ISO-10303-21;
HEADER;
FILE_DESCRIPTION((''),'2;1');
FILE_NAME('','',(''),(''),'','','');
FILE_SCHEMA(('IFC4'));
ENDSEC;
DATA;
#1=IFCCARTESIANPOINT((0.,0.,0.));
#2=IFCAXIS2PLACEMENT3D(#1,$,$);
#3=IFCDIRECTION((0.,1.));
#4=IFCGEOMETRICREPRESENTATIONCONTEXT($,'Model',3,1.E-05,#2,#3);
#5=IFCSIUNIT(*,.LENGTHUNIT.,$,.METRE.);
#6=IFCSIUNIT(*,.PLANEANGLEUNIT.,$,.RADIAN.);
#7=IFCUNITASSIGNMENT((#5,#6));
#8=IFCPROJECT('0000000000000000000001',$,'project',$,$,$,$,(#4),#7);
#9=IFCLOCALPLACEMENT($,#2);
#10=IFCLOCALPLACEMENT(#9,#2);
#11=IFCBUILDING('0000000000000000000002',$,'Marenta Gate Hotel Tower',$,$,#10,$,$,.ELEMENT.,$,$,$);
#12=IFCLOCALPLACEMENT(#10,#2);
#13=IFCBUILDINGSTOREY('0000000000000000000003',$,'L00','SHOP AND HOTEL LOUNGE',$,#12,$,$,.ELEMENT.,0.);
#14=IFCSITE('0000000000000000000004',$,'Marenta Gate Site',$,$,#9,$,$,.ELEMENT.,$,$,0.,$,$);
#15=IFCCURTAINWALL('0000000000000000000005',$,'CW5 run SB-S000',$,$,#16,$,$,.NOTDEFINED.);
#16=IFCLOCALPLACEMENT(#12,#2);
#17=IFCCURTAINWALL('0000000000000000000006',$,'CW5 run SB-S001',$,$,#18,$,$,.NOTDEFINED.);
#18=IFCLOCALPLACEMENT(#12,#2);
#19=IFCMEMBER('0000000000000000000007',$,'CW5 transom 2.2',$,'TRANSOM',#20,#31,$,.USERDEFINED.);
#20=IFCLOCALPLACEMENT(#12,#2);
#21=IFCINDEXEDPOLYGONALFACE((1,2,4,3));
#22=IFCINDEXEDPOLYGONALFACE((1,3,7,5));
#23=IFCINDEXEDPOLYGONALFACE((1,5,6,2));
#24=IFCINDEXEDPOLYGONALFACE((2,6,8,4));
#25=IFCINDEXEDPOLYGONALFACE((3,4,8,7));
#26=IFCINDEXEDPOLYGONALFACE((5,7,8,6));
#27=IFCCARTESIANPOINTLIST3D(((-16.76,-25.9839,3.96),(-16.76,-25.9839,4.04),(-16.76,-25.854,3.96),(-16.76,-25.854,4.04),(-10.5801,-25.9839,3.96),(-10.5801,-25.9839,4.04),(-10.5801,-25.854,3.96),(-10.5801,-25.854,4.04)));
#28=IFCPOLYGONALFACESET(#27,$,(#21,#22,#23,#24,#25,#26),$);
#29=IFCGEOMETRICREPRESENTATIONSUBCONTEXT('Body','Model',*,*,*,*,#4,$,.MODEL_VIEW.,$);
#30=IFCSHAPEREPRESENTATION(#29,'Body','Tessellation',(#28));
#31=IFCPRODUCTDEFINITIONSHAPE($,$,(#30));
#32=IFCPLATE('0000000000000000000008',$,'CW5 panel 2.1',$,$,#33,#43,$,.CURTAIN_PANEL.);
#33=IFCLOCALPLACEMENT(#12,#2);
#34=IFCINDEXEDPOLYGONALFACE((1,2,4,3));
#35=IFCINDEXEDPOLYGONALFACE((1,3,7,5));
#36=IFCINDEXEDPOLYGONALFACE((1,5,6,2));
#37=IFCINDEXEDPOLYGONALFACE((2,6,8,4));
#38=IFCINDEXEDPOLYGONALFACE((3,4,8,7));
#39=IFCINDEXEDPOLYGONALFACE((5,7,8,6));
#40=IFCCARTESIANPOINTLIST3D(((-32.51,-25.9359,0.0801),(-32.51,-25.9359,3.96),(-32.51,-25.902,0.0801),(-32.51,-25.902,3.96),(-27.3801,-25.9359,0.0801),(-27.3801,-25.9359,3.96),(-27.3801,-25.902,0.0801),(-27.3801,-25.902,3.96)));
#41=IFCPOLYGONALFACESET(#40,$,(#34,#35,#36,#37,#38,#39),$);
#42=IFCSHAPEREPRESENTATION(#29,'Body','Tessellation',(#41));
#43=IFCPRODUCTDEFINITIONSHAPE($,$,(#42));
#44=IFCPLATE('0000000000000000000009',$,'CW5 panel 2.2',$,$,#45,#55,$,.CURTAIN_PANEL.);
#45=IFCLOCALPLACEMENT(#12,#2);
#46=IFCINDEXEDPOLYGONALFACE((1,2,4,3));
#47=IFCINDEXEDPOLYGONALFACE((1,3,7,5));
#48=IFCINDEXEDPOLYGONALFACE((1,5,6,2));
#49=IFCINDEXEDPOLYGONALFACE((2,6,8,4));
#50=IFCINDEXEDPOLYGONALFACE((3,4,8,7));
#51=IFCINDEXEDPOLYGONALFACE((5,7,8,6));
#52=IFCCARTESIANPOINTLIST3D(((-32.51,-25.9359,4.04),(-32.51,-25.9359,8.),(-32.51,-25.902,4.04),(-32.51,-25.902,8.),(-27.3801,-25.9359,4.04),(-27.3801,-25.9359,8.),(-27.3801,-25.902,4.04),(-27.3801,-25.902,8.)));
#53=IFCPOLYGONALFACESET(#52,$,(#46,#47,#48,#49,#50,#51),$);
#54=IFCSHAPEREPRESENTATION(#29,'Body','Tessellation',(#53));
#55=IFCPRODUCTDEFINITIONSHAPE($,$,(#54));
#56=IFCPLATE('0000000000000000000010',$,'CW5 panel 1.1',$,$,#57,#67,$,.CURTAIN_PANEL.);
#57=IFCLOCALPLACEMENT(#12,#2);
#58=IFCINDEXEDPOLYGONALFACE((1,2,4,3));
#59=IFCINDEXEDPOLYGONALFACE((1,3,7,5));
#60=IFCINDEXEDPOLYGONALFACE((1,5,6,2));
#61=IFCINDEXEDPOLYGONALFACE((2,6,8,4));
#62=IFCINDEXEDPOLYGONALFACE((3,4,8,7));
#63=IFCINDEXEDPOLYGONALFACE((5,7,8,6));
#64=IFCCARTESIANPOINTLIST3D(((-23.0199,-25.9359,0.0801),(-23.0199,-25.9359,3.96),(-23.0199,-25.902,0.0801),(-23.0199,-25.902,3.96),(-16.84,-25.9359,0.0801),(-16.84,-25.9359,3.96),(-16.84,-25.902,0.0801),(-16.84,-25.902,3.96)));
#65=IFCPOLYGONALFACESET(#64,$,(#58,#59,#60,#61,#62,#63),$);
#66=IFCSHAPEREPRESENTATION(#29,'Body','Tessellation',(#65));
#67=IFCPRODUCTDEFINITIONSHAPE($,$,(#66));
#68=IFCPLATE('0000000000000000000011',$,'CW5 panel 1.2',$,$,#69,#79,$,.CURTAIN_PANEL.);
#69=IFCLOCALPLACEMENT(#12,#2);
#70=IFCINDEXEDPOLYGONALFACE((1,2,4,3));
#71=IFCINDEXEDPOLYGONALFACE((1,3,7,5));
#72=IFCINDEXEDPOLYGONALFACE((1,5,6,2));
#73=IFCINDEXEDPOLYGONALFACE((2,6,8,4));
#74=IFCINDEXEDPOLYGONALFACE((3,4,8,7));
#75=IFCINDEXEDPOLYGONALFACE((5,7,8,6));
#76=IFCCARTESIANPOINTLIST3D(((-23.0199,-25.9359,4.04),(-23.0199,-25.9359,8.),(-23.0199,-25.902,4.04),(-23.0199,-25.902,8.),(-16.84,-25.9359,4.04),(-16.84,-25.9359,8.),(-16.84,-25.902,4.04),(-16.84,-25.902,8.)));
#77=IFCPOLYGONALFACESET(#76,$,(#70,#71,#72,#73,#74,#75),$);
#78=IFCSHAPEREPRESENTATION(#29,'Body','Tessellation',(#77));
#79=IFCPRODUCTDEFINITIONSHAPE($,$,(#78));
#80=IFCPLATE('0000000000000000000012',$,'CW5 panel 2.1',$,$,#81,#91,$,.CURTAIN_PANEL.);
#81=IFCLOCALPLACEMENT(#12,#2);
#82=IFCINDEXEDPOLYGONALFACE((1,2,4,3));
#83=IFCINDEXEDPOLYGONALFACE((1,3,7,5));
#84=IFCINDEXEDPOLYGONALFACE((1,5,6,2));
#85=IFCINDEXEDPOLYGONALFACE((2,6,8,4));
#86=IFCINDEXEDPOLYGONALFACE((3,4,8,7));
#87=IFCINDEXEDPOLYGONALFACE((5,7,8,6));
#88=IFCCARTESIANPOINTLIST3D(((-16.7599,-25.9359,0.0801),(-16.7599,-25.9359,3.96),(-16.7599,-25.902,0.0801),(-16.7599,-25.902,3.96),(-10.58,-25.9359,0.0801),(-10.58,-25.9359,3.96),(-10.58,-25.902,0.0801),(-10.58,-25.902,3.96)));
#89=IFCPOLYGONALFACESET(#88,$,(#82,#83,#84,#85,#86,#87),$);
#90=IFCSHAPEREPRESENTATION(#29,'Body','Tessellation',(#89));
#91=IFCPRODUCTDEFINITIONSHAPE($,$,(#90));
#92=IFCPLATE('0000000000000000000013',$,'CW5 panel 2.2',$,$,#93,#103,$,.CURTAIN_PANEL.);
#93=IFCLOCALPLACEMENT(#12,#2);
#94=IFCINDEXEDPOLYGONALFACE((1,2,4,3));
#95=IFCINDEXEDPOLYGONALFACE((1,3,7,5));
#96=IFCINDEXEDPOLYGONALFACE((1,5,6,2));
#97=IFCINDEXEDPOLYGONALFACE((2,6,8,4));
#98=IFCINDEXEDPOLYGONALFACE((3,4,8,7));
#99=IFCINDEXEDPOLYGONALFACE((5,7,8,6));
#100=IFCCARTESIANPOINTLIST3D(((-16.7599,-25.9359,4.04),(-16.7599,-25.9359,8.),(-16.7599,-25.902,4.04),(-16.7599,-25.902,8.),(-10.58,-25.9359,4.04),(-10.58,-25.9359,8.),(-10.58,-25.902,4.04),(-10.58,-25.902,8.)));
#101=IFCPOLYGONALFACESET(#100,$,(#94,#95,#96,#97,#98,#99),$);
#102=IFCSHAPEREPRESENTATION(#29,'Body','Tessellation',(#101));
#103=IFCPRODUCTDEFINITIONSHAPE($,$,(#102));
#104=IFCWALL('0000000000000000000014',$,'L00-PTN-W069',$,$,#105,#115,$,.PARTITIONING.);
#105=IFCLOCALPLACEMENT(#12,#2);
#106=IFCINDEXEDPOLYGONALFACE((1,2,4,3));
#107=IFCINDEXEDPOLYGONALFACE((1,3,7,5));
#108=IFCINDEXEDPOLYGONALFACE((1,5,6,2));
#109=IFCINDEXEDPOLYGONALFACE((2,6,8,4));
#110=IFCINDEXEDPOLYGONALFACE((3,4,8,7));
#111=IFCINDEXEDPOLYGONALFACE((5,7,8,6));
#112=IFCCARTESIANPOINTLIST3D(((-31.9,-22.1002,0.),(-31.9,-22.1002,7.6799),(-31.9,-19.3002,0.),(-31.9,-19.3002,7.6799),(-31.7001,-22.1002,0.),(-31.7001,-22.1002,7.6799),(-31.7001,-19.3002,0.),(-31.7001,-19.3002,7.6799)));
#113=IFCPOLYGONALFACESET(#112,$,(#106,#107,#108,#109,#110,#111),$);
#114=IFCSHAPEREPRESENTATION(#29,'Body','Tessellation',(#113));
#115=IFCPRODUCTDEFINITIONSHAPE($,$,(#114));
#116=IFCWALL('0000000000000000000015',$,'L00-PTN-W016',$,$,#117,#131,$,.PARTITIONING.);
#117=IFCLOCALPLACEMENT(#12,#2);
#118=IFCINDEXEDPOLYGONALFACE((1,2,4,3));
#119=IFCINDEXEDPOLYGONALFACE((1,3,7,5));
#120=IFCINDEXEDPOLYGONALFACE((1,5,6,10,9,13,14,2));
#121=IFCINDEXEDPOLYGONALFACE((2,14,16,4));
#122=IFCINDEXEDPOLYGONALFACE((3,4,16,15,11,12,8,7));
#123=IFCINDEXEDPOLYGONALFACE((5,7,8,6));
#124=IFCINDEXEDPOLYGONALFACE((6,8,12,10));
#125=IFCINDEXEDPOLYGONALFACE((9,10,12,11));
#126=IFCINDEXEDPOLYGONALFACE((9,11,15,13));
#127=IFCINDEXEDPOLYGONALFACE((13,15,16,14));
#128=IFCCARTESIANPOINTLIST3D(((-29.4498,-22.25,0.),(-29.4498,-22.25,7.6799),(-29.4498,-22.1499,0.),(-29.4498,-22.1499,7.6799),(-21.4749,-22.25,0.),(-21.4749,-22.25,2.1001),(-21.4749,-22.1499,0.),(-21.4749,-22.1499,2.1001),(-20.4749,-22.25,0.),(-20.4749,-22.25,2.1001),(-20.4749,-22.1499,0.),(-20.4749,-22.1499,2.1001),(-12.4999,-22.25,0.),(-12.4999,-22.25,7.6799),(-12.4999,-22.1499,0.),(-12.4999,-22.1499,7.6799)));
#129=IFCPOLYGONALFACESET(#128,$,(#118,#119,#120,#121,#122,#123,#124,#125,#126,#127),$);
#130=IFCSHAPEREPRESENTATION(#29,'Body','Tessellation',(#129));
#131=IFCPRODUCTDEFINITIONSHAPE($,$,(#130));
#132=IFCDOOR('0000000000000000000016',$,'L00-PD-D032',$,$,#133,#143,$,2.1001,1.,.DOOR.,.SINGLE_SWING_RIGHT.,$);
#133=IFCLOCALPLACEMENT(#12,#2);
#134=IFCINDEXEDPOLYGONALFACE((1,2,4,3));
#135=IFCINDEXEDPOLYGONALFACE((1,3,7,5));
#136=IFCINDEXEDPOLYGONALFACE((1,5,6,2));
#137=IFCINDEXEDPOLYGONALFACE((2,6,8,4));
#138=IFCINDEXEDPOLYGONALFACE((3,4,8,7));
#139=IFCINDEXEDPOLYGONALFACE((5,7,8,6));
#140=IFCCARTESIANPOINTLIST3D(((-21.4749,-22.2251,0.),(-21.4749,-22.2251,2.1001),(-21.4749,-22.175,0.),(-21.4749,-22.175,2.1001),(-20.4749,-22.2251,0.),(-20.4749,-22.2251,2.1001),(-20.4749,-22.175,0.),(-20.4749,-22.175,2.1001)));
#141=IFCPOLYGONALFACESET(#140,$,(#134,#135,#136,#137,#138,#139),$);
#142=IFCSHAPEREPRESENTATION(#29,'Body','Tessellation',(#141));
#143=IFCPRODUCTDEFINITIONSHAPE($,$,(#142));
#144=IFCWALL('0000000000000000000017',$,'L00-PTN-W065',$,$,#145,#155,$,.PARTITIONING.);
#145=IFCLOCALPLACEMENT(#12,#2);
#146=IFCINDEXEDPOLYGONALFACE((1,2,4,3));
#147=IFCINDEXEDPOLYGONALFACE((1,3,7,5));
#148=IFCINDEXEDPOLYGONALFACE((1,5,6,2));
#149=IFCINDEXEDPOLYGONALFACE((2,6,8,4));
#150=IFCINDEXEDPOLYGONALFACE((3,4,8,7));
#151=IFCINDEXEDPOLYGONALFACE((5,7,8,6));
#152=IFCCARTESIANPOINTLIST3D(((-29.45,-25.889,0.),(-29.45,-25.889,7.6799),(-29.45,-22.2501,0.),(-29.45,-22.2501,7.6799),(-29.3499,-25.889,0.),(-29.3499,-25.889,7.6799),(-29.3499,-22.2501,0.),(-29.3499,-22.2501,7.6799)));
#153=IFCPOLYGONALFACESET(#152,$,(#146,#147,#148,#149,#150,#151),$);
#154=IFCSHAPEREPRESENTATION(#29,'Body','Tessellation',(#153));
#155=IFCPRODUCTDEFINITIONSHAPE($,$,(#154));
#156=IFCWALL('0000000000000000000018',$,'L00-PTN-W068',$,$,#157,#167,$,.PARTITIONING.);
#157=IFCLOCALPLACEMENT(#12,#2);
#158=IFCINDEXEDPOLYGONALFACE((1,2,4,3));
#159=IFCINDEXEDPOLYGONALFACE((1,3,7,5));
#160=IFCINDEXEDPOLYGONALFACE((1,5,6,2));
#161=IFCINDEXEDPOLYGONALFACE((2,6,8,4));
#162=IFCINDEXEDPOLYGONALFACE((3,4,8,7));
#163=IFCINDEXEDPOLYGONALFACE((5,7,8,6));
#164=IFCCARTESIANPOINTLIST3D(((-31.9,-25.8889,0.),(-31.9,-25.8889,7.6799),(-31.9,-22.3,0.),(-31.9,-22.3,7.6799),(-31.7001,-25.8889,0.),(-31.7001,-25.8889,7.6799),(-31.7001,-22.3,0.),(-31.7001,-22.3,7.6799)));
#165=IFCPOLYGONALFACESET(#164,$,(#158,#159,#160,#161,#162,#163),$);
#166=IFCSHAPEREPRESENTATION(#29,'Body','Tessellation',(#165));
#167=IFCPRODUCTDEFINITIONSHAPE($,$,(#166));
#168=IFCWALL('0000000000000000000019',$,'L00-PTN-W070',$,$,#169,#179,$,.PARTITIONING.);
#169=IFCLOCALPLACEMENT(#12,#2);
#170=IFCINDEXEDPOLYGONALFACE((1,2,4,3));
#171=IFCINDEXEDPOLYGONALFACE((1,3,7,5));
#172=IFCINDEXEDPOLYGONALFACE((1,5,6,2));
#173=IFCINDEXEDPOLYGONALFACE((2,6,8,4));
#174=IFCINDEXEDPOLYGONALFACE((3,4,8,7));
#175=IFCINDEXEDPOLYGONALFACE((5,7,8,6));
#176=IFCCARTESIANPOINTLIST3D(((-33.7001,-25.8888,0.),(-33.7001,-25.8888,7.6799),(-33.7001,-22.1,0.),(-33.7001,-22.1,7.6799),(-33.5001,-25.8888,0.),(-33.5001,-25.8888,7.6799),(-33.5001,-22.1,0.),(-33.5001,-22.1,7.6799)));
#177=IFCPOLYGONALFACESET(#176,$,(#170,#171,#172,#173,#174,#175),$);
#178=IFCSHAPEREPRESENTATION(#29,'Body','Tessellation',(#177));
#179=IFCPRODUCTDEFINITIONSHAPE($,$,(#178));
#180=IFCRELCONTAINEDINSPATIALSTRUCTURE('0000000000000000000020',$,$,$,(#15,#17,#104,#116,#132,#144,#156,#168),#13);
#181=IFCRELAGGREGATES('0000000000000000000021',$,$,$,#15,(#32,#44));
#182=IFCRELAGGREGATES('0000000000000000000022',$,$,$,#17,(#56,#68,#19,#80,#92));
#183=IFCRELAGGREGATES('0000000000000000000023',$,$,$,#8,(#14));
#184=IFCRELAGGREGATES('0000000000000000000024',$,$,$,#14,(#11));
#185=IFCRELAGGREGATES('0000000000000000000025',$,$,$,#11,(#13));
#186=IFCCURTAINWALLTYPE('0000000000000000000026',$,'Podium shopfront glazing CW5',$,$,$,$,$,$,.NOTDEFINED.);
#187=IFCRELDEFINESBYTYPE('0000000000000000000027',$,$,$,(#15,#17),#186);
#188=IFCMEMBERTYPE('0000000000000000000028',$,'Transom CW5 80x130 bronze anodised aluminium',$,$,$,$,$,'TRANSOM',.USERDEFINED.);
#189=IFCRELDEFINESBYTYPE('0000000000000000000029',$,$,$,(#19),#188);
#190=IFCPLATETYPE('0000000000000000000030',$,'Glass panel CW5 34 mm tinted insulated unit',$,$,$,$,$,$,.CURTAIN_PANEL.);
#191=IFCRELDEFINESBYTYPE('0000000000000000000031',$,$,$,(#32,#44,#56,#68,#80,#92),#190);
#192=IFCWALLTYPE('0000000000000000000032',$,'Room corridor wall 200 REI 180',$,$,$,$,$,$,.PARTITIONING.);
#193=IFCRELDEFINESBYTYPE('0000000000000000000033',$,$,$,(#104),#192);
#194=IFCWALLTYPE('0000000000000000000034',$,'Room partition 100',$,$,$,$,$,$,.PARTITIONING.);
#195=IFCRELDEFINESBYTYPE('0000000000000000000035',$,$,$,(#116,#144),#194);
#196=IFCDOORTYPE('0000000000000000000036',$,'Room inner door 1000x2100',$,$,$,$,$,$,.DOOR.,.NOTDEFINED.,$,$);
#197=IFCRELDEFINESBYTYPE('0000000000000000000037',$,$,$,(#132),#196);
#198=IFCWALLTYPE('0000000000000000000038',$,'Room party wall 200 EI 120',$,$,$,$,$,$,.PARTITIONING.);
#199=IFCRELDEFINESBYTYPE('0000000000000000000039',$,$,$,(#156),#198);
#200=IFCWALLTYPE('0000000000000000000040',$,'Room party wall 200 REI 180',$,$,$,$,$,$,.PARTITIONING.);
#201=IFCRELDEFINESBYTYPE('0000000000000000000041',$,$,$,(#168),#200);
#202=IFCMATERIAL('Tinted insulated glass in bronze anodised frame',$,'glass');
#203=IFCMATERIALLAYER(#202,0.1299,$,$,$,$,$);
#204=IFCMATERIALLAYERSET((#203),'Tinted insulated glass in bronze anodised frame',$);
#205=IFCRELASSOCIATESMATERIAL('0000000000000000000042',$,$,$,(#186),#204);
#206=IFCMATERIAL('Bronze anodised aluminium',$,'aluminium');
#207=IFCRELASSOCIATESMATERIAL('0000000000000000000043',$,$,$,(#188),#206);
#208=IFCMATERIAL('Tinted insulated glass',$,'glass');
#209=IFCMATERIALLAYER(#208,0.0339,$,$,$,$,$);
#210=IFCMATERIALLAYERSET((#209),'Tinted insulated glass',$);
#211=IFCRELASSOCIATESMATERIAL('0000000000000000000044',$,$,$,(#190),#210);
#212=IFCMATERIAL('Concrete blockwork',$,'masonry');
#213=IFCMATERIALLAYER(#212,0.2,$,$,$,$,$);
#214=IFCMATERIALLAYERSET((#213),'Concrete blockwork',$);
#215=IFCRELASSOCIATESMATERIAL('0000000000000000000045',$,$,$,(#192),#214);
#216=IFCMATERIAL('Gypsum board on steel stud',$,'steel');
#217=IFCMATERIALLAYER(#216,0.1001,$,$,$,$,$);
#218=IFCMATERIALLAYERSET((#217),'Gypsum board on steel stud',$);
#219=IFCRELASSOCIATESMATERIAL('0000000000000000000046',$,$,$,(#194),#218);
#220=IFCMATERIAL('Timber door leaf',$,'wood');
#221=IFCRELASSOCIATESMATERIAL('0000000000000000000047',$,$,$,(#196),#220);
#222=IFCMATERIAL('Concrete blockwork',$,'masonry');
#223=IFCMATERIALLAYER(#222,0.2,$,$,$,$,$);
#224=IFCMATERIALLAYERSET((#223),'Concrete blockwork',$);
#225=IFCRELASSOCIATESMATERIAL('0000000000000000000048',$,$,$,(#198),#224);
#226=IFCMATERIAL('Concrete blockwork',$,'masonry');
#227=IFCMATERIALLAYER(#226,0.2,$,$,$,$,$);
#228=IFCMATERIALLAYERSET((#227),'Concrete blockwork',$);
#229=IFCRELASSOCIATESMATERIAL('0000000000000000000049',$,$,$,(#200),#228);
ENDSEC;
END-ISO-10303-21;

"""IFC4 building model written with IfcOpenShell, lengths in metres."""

from ifc_helpers import new_model, si_unit, direction, frame, frame_2d, origin, origin_2d, place, context, subcontext, project, spatial, rectangle, extrude, material, layer, layer_set, material_profile, profile_set, type_object, element, fill, aggregate, save


model = new_model("IFC4")

# Units and contexts
model_context = context("Model", 3, precision=1e-05, world=origin(), true_north=direction((0.0, 1.0)))
body_context = subcontext(model_context, "Body", "Model", "MODEL_VIEW")
ifc_project = project(units=[si_unit("LENGTHUNIT", "METRE"), si_unit("PLANEANGLEUNIT", "RADIAN")], contexts=[model_context])

# Site, building, storey
site_placement = place(None, origin())
site = spatial("IfcSite", under=ifc_project, at=site_placement, Name="Marenta Gate Site", CompositionType="ELEMENT", RefElevation=0.0)
building_placement = place(site_placement, origin())
building = spatial("IfcBuilding", under=site, at=building_placement, Name="Marenta Gate Hotel Tower", CompositionType="ELEMENT")
storey_placement = place(building_placement, origin())
storey = spatial("IfcBuildingStorey", under=building, at=storey_placement, Name="L00", Description="SHOP AND HOTEL LOUNGE", CompositionType="ELEMENT", Elevation=0.0)

# Curtain walls
ifc_material_1 = material(Name="Tinted insulated glass in bronze anodised frame", Category="glass")
ifc_layer_1 = layer(ifc_material_1, 0.1299)
ifc_layer_set_1 = layer_set([ifc_layer_1], Name="Tinted insulated glass in bronze anodised frame")
curtain_wall_type = type_object("IfcCurtainWallType", Name="Podium shopfront glazing CW5", PredefinedType="NOTDEFINED", material=ifc_layer_set_1)
curtain_wall_1_placement = place(storey_placement, origin())
curtain_wall_1 = element("IfcCurtainWall", 1, at=curtain_wall_1_placement, inside=storey, type_object=curtain_wall_type, Name="CW5 run SB-S000", PredefinedType="NOTDEFINED")
curtain_wall_2_placement = place(storey_placement, origin())
curtain_wall_2 = element("IfcCurtainWall", 2, at=curtain_wall_2_placement, inside=storey, type_object=curtain_wall_type, Name="CW5 run SB-S001", PredefinedType="NOTDEFINED")

# Member
ifc_material_2 = material(Name="Bronze anodised aluminium", Category="aluminium")
ifc_material_profile_1 = material_profile(ifc_material_2, rectangle(XDim=0.1299, YDim=0.0801, at=origin_2d()), Name="Transom CW5 80x130 bronze anodised aluminium")
ifc_profile_set_1 = profile_set([ifc_material_profile_1], Name="Bronze anodised aluminium")
member_type_1 = type_object("IfcMemberType", Name="Transom CW5 80x130 bronze anodised aluminium", ElementType="TRANSOM", PredefinedType="USERDEFINED", material=ifc_profile_set_1)
member_1_placement = place(storey_placement, frame((-16.76, -25.9189, 4.0), z_axis=(1.0, 0.0, 0.0), x_axis=(0.0, 1.0, 0.0)))
member_1 = element("IfcMember", 3, at=member_1_placement, type_object=member_type_1, Name="CW5 transom 2.2", ObjectType="TRANSOM", PredefinedType="USERDEFINED", context=body_context, shape_type="SweptSolid", body=[
    extrude(rectangle(XDim=0.1299, YDim=0.0801, at=origin_2d()), origin(), (0.0, 0.0, 1.0), 6.1799),
])

# Plates
ifc_material_3 = material(Name="Tinted insulated glass", Category="glass")
ifc_layer_2 = layer(ifc_material_3, 0.0339)
ifc_layer_set_2 = layer_set([ifc_layer_2], Name="Tinted insulated glass")
plate_type = type_object("IfcPlateType", Name="Glass panel CW5 34 mm tinted insulated unit", PredefinedType="CURTAIN_PANEL", material=ifc_layer_set_2)
plate_1_placement = place(storey_placement, frame((-29.9451, -25.9189, 0.0801), z_axis=(0.0, 0.0, 1.0), x_axis=(1.0, 0.0, 0.0)))
plate_1 = element("IfcPlate", 4, at=plate_1_placement, type_object=plate_type, Name="CW5 panel 2.1", PredefinedType="CURTAIN_PANEL", context=body_context, shape_type="SweptSolid", body=[
    extrude(rectangle(XDim=5.1299, YDim=0.0339, at=origin_2d()), origin(), (0.0, 0.0, 1.0), 3.8799),
])
plate_2_placement = place(storey_placement, frame((-29.9451, -25.9189, 4.04), z_axis=(0.0, 0.0, 1.0), x_axis=(1.0, 0.0, 0.0)))
plate_2 = element("IfcPlate", 5, at=plate_2_placement, type_object=plate_type, Name="CW5 panel 2.2", PredefinedType="CURTAIN_PANEL", context=body_context, shape_type="SweptSolid", body=[
    extrude(rectangle(XDim=5.1299, YDim=0.0339, at=origin_2d()), origin(), (0.0, 0.0, 1.0), 3.96),
])
aggregate(curtain_wall_1, [plate_1, plate_2])
plate_3_placement = place(storey_placement, frame((-19.9299, -25.9189, 0.0801), z_axis=(0.0, 0.0, 1.0), x_axis=(1.0, 0.0, 0.0)))
plate_3 = element("IfcPlate", 6, at=plate_3_placement, type_object=plate_type, Name="CW5 panel 1.1", PredefinedType="CURTAIN_PANEL", context=body_context, shape_type="SweptSolid", body=[
    extrude(rectangle(XDim=6.1799, YDim=0.0339, at=origin_2d()), origin(), (0.0, 0.0, 1.0), 3.8799),
])
plate_4_placement = place(storey_placement, frame((-19.9299, -25.9189, 4.04), z_axis=(0.0, 0.0, 1.0), x_axis=(1.0, 0.0, 0.0)))
plate_4 = element("IfcPlate", 7, at=plate_4_placement, type_object=plate_type, Name="CW5 panel 1.2", PredefinedType="CURTAIN_PANEL", context=body_context, shape_type="SweptSolid", body=[
    extrude(rectangle(XDim=6.1799, YDim=0.0339, at=origin_2d()), origin(), (0.0, 0.0, 1.0), 3.96),
])
plate_5_placement = place(storey_placement, frame((-13.6699, -25.9189, 0.0801), z_axis=(0.0, 0.0, 1.0), x_axis=(1.0, 0.0, 0.0)))
plate_5 = element("IfcPlate", 8, at=plate_5_placement, type_object=plate_type, Name="CW5 panel 2.1", PredefinedType="CURTAIN_PANEL", context=body_context, shape_type="SweptSolid", body=[
    extrude(rectangle(XDim=6.1799, YDim=0.0339, at=origin_2d()), origin(), (0.0, 0.0, 1.0), 3.8799),
])
plate_6_placement = place(storey_placement, frame((-13.6699, -25.9189, 4.04), z_axis=(0.0, 0.0, 1.0), x_axis=(1.0, 0.0, 0.0)))
plate_6 = element("IfcPlate", 9, at=plate_6_placement, type_object=plate_type, Name="CW5 panel 2.2", PredefinedType="CURTAIN_PANEL", context=body_context, shape_type="SweptSolid", body=[
    extrude(rectangle(XDim=6.1799, YDim=0.0339, at=origin_2d()), origin(), (0.0, 0.0, 1.0), 3.96),
])
aggregate(curtain_wall_2, [plate_3, plate_4, member_1, plate_5, plate_6])

# Shared definitions
ifc_material_4 = material(Name="Concrete blockwork", Category="masonry")
ifc_layer_3 = layer(ifc_material_4, 0.2)
ifc_layer_set_3 = layer_set([ifc_layer_3], Name="Concrete blockwork")
wall_type_1 = type_object("IfcWallType", Name="Room corridor wall 200 REI 180", PredefinedType="PARTITIONING", material=ifc_layer_set_3)

# Wall
wall_1_placement = place(storey_placement, frame((-31.8, -22.1001, 0.0), z_axis=(0.0, 0.0, 1.0), x_axis=(0.0, 1.0, 0.0)))
element("IfcWall", 10, at=wall_1_placement, inside=storey, type_object=wall_type_1, Name="L00-PTN-W069", PredefinedType="PARTITIONING", context=body_context, shape_type="SweptSolid", body=[
    extrude(rectangle(XDim=2.8, YDim=0.2, at=frame_2d((1.3999, 0.0))), origin(), (0.0, 0.0, 1.0), 7.6799),
])

# Wall, opening, door
ifc_material_5 = material(Name="Gypsum board on steel stud", Category="steel")
ifc_layer_4 = layer(ifc_material_5, 0.1001)
ifc_layer_set_4 = layer_set([ifc_layer_4], Name="Gypsum board on steel stud")
wall_type_2 = type_object("IfcWallType", Name="Room partition 100", PredefinedType="PARTITIONING", material=ifc_layer_set_4)
wall_2_placement = place(storey_placement, frame((-29.45, -22.2, 0.0), z_axis=(0.0, 0.0, 1.0), x_axis=(1.0, 0.0, 0.0)))
wall_2 = element("IfcWall", 11, at=wall_2_placement, inside=storey, type_object=wall_type_2, Name="L00-PTN-W016", PredefinedType="PARTITIONING", context=body_context, shape_type="SweptSolid", body=[
    extrude(rectangle(XDim=16.95, YDim=0.1001, at=frame_2d((8.4751, 0.0))), origin(), (0.0, 0.0, 1.0), 7.6799),
])
opening_1_placement = place(wall_2_placement, frame((7.9751, 0.0, 0.0)))
opening_1 = element("IfcOpeningElement", 12, at=opening_1_placement, cuts=wall_2, PredefinedType="OPENING", context=body_context, shape_type="SweptSolid", body=[
    extrude(rectangle(XDim=1.0, YDim=2.1001, at=frame_2d((0.5, 1.05))), frame((0.0, 0.05, 0.0), z_axis=(0.0, -1.0, 0.0), x_axis=(1.0, 0.0, 0.0)), (0.0, 0.0, 1.0), 0.1001),
])
ifc_material_6 = material(Name="Timber door leaf", Category="wood")
door_type_1 = type_object("IfcDoorType", Name="Room inner door 1000x2100", OperationType="NOTDEFINED", PredefinedType="DOOR", material=ifc_material_6)
door_1_placement = place(opening_1_placement, origin())
door_1 = element("IfcDoor", 13, at=door_1_placement, inside=storey, type_object=door_type_1, Name="L00-PD-D032", OperationType="SINGLE_SWING_RIGHT", OverallHeight=2.1001, OverallWidth=1.0, PredefinedType="DOOR", context=body_context, shape_type="SweptSolid", body=[
    extrude(rectangle(XDim=1.0, YDim=2.1001, at=frame_2d((0.5, 1.05))), frame((0.0, 0.0249, 0.0), z_axis=(0.0, -1.0, 0.0), x_axis=(1.0, 0.0, 0.0)), (0.0, 0.0, 1.0), 0.05),
])
fill(opening_1, door_1)

# Walls
wall_3_placement = place(storey_placement, frame((-29.3999, -25.8889, 0.0), z_axis=(0.0, 0.0, 1.0), x_axis=(0.0, 1.0, 0.0)))
element("IfcWall", 14, at=wall_3_placement, inside=storey, type_object=wall_type_2, Name="L00-PTN-W065", PredefinedType="PARTITIONING", context=body_context, shape_type="SweptSolid", body=[
    extrude(rectangle(XDim=3.6389, YDim=0.1001, at=frame_2d((1.8193, 0.0))), origin(), (0.0, 0.0, 1.0), 7.6799),
])
ifc_material_7 = material(Name="Concrete blockwork", Category="masonry")
ifc_layer_5 = layer(ifc_material_7, 0.2)
ifc_layer_set_5 = layer_set([ifc_layer_5], Name="Concrete blockwork")
wall_type_3 = type_object("IfcWallType", Name="Room party wall 200 EI 120", PredefinedType="PARTITIONING", material=ifc_layer_set_5)
wall_4_placement = place(storey_placement, frame((-31.8, -25.8889, 0.0), z_axis=(0.0, 0.0, 1.0), x_axis=(0.0, 1.0, 0.0)))
element("IfcWall", 15, at=wall_4_placement, inside=storey, type_object=wall_type_3, Name="L00-PTN-W068", PredefinedType="PARTITIONING", context=body_context, shape_type="SweptSolid", body=[
    extrude(rectangle(XDim=3.5889, YDim=0.2, at=frame_2d((1.7944, 0.0))), origin(), (0.0, 0.0, 1.0), 7.6799),
])
ifc_material_8 = material(Name="Concrete blockwork", Category="masonry")
ifc_layer_6 = layer(ifc_material_8, 0.2)
ifc_layer_set_6 = layer_set([ifc_layer_6], Name="Concrete blockwork")
wall_type_4 = type_object("IfcWallType", Name="Room party wall 200 REI 180", PredefinedType="PARTITIONING", material=ifc_layer_set_6)
wall_5_placement = place(storey_placement, frame((-33.6001, -25.8889, 0.0), z_axis=(0.0, 0.0, 1.0), x_axis=(0.0, 1.0, 0.0)))
element("IfcWall", 16, at=wall_5_placement, inside=storey, type_object=wall_type_4, Name="L00-PTN-W070", PredefinedType="PARTITIONING", context=body_context, shape_type="SweptSolid", body=[
    extrude(rectangle(XDim=3.7888, YDim=0.2, at=frame_2d((1.8945, 0.0))), origin(), (0.0, 0.0, 1.0), 7.6799),
])

save(model, "model.ifc")
